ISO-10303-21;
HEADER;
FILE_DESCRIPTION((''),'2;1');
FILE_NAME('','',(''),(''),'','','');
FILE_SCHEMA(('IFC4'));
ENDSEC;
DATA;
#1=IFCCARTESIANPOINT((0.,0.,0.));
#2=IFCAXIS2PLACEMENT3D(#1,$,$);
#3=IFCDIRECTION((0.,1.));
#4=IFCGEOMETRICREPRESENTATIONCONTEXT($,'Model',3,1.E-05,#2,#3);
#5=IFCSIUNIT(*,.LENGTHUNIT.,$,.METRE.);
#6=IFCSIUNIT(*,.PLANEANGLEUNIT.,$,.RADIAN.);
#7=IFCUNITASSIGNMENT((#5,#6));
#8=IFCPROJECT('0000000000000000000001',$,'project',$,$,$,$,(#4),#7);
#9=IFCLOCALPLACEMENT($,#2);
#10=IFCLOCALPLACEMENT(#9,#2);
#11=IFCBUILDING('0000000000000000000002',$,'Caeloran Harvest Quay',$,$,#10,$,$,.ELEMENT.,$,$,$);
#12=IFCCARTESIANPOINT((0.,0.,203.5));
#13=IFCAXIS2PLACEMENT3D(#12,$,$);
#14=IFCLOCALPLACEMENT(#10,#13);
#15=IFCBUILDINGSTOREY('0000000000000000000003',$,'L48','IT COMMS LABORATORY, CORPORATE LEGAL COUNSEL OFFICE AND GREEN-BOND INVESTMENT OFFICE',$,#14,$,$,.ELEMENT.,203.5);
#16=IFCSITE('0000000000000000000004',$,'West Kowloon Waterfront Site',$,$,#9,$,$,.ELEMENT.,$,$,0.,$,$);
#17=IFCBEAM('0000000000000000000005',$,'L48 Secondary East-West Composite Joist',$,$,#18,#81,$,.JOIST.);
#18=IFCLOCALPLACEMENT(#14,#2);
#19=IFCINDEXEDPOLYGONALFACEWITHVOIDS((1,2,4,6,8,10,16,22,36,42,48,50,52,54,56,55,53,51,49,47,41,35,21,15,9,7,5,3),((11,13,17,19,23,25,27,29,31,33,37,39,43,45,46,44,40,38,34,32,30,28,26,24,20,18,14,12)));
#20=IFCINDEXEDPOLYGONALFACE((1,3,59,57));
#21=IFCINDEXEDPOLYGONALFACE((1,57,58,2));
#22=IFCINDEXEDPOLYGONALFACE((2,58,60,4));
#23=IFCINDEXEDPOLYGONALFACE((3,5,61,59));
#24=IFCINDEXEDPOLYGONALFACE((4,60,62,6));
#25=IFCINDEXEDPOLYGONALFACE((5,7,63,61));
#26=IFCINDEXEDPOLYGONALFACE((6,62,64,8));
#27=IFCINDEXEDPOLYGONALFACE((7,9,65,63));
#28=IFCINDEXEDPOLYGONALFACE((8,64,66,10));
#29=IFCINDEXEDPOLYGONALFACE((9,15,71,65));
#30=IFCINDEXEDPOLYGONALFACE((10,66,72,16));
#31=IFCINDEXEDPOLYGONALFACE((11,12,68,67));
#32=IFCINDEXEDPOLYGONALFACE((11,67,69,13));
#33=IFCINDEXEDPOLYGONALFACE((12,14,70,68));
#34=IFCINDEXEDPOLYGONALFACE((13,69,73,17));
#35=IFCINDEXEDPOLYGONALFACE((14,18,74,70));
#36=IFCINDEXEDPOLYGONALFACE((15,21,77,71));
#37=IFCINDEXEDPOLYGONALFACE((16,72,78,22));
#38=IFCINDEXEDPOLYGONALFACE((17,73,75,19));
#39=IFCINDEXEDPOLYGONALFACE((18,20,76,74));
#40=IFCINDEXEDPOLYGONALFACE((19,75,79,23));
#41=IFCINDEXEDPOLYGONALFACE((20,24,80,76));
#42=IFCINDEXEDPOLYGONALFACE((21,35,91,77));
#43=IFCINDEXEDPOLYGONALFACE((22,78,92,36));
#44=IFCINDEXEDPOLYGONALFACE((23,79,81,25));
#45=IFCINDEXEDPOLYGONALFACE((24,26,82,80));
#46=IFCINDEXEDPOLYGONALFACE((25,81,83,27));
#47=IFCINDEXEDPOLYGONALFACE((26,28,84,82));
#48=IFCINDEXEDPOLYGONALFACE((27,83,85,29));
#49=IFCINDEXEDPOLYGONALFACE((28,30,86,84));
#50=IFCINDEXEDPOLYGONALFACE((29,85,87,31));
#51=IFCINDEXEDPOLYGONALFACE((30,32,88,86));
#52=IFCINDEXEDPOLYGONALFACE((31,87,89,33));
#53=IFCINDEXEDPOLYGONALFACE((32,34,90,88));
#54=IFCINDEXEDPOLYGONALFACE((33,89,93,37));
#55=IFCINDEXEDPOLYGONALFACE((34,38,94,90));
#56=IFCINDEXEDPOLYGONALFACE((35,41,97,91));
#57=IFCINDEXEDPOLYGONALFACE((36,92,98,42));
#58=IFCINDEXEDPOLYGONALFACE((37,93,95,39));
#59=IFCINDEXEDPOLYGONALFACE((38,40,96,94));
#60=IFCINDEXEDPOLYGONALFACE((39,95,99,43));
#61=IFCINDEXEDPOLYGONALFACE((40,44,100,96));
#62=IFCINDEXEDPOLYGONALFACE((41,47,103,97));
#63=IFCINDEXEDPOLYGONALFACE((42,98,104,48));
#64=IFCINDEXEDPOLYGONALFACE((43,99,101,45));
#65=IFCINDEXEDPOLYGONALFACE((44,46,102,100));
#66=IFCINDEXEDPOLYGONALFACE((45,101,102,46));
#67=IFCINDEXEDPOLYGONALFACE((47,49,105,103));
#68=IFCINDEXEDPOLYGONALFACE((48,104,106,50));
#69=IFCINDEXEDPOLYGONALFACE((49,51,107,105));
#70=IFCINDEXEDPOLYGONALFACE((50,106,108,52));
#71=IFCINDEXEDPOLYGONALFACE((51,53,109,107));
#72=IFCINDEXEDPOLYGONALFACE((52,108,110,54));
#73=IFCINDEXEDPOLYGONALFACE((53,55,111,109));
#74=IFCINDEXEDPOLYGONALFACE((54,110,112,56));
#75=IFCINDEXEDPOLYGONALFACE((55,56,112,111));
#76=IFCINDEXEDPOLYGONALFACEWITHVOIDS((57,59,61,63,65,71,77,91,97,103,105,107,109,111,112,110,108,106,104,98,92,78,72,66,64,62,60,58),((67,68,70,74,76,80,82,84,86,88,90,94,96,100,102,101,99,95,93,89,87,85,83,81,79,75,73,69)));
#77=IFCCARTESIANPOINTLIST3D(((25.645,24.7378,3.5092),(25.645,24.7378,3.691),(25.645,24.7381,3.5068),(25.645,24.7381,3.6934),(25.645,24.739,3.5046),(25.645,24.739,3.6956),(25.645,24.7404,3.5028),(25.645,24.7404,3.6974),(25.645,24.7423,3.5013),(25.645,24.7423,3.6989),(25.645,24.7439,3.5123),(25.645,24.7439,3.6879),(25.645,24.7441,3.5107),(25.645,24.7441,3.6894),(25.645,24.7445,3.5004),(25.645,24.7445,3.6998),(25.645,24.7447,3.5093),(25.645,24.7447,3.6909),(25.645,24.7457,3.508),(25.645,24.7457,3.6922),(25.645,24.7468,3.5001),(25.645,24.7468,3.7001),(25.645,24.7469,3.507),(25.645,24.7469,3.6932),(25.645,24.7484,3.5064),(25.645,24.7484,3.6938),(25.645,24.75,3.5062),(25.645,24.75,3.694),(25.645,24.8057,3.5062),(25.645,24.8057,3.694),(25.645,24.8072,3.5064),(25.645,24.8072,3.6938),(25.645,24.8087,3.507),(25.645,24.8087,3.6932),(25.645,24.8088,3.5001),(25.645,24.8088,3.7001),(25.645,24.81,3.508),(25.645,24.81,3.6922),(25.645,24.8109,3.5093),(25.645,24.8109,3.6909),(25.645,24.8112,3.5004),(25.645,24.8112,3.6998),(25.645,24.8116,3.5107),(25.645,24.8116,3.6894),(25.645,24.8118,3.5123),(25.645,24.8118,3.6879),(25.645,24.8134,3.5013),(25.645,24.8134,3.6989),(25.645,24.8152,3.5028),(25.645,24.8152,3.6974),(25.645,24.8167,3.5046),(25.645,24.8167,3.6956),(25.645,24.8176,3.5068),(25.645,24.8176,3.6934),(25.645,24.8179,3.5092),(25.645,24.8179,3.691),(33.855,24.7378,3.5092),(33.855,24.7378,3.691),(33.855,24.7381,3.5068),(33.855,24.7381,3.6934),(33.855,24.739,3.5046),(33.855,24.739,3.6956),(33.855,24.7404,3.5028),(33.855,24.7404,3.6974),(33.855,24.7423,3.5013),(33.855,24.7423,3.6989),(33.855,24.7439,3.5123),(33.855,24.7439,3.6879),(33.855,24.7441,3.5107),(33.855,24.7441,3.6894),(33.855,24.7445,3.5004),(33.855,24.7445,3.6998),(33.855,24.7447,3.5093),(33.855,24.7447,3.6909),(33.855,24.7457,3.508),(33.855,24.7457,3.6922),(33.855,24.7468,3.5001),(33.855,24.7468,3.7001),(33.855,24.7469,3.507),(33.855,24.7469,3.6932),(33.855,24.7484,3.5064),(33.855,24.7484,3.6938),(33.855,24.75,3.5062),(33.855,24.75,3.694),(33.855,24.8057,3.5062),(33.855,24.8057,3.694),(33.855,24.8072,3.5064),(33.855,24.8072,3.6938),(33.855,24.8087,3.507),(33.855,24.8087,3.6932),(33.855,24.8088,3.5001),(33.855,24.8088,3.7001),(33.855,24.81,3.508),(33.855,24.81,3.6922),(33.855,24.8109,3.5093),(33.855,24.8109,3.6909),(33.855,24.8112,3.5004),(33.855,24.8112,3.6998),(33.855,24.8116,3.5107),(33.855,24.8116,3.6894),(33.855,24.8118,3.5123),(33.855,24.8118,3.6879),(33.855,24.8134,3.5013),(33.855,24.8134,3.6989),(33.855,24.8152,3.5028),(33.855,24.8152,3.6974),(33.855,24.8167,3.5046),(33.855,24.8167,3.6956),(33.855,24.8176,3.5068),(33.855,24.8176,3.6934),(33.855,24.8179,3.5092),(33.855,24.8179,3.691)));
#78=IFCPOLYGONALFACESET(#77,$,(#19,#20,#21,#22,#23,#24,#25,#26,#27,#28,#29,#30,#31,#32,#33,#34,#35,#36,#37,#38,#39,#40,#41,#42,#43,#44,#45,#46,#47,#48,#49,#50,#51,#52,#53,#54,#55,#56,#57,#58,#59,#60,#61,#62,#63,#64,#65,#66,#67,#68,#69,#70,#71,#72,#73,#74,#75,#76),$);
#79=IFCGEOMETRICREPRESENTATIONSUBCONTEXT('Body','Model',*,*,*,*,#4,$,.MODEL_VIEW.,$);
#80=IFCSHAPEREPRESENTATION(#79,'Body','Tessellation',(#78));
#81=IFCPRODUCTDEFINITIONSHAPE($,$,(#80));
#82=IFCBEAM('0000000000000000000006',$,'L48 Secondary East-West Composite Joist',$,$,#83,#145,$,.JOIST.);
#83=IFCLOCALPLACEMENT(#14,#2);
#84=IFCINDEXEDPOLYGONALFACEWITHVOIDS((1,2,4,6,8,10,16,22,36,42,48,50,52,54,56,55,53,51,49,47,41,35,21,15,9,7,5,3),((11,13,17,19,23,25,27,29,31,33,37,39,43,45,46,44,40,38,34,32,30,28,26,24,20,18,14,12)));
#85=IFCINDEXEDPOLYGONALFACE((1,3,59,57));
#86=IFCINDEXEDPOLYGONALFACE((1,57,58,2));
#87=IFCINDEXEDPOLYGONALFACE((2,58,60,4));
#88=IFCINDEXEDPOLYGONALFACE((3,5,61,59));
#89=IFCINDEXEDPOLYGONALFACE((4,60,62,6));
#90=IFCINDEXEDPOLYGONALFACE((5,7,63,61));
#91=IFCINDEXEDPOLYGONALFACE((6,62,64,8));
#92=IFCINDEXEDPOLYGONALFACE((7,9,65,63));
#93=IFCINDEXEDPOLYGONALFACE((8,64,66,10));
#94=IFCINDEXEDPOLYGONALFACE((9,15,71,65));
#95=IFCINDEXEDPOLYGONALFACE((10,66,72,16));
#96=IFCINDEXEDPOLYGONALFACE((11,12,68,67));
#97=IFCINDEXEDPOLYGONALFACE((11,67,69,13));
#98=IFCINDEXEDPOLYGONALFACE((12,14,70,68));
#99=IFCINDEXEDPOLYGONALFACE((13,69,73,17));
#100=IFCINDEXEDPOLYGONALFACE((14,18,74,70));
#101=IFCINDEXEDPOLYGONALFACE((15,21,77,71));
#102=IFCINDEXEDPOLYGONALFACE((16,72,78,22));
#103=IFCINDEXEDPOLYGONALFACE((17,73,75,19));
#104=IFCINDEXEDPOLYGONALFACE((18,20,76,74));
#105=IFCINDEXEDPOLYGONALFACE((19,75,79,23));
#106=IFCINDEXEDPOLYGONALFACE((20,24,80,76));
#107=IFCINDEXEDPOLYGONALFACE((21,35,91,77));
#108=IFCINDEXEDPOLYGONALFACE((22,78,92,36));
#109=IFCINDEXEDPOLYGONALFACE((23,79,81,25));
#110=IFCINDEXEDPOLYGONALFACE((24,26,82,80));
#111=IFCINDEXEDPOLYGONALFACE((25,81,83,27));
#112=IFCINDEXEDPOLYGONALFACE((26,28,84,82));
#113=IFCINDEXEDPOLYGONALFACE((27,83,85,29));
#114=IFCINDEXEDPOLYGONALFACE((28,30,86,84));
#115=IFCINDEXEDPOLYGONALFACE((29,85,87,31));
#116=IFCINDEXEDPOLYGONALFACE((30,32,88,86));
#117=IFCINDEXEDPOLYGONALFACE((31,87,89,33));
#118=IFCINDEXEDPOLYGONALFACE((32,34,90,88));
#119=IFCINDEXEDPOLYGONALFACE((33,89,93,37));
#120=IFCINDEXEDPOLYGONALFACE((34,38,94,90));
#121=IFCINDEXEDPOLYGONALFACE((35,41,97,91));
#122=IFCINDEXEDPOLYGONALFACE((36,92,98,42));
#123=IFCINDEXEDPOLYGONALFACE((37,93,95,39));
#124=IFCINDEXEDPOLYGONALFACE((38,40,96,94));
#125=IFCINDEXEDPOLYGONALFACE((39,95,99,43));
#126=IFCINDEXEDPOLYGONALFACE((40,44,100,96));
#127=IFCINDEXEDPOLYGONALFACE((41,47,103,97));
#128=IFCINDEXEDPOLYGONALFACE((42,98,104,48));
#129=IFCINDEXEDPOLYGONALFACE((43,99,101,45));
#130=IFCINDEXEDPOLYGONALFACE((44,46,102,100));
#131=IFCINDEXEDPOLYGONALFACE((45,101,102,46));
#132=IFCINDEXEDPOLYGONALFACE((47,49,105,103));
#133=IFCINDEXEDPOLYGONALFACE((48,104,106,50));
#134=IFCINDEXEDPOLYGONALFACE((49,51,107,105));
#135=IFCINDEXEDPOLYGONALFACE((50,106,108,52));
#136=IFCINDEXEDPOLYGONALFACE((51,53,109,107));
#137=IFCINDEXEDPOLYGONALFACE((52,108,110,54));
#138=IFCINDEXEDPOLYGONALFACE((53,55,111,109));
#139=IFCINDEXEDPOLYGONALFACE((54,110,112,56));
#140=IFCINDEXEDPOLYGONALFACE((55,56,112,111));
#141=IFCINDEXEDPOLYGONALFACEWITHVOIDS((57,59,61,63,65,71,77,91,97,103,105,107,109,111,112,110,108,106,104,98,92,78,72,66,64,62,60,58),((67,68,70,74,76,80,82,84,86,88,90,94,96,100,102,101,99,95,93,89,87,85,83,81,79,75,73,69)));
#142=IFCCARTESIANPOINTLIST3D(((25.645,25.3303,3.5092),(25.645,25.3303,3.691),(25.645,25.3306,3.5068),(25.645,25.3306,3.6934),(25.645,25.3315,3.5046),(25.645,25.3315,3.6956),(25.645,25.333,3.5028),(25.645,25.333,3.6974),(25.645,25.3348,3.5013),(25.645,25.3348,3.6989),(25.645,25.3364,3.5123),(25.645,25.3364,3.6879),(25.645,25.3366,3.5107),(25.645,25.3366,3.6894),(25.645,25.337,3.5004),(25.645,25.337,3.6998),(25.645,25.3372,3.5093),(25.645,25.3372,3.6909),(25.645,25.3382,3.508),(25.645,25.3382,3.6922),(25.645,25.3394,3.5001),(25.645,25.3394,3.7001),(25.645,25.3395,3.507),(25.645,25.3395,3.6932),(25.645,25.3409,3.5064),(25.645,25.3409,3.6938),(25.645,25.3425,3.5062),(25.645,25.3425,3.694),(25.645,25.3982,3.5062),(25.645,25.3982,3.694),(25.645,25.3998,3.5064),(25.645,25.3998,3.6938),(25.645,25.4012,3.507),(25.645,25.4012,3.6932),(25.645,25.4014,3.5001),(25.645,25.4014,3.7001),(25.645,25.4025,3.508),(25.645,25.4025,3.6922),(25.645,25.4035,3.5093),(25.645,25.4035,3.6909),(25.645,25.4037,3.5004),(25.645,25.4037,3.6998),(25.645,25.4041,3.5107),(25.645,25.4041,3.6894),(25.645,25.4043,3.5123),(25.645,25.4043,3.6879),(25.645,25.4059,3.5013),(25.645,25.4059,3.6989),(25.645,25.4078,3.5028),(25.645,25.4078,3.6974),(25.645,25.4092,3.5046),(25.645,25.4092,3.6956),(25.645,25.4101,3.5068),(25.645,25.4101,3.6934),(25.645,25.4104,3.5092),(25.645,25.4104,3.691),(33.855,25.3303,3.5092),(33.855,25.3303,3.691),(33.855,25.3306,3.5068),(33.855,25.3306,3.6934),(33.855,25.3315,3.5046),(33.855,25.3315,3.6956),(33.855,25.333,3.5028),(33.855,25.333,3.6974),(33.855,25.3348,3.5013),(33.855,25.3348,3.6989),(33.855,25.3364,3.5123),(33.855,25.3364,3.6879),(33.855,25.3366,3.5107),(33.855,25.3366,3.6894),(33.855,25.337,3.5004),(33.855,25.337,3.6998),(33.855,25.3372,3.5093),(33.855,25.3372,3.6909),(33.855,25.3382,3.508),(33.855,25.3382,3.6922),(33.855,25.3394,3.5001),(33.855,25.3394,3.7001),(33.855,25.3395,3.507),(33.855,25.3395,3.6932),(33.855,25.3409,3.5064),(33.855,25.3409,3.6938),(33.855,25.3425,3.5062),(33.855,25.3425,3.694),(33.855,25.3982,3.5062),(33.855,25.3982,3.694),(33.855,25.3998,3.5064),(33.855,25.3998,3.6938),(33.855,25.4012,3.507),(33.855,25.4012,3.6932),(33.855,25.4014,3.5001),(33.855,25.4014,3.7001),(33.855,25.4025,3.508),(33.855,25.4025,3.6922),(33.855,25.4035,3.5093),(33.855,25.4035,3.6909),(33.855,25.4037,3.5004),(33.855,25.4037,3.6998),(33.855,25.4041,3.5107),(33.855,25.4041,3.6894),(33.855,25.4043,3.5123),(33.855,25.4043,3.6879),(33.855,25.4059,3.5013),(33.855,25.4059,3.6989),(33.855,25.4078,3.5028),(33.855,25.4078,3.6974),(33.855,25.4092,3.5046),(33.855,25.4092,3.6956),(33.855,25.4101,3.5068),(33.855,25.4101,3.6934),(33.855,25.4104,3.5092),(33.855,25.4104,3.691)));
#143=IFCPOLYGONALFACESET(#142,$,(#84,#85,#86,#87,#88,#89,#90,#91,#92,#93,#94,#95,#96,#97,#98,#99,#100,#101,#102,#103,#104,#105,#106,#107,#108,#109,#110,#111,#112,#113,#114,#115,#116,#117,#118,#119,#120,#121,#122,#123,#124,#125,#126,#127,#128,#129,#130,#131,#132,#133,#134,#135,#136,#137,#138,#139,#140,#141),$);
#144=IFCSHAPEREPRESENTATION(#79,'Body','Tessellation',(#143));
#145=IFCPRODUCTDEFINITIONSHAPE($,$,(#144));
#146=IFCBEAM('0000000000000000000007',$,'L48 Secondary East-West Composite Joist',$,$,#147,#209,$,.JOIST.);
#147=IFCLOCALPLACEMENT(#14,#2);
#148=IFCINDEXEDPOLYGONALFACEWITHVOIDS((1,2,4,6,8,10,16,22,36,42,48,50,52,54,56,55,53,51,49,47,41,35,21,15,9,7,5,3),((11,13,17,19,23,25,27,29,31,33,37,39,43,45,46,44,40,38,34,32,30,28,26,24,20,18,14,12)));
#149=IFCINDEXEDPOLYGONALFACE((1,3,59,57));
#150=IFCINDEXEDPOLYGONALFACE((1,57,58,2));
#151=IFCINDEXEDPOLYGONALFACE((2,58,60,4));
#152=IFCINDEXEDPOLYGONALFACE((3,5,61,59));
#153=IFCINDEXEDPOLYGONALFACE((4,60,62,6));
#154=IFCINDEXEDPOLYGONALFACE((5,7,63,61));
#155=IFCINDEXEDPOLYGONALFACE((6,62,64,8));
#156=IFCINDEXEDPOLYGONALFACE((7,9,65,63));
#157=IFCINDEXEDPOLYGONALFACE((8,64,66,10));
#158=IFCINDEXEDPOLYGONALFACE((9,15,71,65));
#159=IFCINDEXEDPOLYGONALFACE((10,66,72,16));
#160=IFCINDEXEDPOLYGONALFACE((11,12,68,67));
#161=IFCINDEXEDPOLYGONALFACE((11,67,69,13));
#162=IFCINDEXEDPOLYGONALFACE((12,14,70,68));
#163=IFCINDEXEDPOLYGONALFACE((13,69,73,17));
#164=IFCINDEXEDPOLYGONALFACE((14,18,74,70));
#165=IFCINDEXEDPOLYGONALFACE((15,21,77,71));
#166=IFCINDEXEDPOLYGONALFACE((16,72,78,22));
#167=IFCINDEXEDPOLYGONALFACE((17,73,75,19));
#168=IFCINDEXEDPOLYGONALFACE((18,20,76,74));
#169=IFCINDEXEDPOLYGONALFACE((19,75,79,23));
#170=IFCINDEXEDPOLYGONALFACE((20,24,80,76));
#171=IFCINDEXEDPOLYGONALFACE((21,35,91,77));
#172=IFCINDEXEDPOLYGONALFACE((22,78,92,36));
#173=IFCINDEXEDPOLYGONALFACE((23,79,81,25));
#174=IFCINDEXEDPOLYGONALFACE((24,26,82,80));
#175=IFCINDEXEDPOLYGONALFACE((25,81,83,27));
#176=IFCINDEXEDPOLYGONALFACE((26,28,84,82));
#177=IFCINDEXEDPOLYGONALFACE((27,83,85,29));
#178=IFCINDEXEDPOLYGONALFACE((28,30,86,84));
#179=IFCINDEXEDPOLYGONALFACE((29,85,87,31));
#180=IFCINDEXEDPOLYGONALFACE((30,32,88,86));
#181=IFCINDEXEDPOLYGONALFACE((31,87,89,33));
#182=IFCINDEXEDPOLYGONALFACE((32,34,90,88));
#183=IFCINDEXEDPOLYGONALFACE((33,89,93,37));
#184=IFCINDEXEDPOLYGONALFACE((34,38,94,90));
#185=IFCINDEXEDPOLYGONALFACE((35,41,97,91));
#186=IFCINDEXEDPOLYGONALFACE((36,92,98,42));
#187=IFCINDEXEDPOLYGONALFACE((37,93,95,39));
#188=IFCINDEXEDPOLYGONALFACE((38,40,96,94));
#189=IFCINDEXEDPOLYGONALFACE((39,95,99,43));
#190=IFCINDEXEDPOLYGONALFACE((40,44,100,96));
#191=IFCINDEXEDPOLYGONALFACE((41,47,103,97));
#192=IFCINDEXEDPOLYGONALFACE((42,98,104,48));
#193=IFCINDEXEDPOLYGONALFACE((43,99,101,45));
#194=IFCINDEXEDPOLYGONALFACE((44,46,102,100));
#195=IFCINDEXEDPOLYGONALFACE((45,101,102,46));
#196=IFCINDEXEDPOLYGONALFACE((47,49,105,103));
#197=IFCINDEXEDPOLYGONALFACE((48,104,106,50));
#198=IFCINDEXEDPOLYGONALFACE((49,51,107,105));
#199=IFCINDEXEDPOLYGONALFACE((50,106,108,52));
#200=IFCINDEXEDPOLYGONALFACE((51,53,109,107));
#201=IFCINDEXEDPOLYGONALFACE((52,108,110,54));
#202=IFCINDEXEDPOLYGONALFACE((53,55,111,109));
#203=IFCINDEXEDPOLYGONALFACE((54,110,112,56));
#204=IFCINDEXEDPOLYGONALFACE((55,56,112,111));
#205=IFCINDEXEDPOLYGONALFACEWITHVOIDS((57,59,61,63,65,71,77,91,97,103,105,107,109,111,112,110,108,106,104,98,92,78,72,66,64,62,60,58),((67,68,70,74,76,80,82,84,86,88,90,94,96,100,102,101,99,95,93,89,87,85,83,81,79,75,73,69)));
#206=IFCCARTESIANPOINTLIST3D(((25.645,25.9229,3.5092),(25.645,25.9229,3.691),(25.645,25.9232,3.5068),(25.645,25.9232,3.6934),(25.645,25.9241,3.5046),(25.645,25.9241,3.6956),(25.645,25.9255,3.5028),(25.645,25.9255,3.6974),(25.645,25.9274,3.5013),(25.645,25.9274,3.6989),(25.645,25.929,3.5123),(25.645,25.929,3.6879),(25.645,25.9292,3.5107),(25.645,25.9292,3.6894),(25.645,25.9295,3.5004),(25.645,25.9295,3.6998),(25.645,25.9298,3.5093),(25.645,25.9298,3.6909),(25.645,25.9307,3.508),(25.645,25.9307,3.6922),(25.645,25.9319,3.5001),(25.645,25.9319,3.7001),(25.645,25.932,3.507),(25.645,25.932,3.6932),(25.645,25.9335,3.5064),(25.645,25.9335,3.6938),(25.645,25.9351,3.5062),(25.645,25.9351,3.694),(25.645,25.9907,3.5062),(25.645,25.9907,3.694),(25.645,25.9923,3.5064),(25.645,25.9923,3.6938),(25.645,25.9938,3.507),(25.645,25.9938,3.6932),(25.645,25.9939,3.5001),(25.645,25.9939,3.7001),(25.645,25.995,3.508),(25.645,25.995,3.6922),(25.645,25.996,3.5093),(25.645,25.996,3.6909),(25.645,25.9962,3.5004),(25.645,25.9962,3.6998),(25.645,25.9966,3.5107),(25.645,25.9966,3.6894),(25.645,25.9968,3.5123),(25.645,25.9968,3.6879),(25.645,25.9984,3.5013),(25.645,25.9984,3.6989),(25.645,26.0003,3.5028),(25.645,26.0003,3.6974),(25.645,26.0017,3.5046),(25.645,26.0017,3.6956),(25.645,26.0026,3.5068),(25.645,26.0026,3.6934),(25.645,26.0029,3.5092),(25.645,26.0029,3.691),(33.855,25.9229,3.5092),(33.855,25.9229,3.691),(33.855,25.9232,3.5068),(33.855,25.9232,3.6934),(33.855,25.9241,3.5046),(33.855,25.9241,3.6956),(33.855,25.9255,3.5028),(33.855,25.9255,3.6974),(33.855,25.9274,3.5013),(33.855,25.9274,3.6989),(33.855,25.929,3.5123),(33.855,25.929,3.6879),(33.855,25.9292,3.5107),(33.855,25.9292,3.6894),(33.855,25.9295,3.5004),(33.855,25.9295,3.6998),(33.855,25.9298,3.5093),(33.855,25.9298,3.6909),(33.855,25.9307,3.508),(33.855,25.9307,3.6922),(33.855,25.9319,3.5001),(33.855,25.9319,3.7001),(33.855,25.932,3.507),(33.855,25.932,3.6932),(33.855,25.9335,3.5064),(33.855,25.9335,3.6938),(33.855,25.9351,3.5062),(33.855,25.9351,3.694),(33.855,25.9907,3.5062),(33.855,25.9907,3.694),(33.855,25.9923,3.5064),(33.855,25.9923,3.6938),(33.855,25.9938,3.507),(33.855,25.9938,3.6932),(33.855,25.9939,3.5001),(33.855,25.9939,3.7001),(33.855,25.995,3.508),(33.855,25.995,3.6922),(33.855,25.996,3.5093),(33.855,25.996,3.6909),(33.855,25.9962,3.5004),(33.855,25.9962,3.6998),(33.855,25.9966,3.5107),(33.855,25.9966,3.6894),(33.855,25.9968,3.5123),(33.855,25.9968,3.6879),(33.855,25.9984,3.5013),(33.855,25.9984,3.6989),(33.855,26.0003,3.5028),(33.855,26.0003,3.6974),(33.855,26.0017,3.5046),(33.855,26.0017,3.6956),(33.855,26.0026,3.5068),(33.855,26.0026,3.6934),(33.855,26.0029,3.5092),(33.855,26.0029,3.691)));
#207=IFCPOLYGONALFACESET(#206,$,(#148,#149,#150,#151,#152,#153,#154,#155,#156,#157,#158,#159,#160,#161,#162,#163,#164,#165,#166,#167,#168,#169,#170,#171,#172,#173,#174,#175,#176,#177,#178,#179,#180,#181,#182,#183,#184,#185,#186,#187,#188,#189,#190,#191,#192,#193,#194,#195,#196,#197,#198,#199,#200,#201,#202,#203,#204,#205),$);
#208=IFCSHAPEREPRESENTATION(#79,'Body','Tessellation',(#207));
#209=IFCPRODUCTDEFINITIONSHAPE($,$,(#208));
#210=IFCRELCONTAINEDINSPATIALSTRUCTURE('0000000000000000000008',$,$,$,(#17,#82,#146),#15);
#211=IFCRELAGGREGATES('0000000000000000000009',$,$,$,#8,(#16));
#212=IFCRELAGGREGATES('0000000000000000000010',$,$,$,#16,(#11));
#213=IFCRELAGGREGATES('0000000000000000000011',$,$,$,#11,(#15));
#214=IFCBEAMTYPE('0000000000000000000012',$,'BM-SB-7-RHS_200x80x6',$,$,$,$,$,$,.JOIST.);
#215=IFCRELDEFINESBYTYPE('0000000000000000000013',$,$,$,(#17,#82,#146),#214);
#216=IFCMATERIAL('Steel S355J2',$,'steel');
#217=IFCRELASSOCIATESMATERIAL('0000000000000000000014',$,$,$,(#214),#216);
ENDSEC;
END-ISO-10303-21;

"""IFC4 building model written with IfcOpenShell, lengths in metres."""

from ifc_helpers import new_model, si_unit, direction, frame, origin, origin_2d, place, context, subcontext, project, spatial, hollow_rectangle, extrude, material, material_profile, profile_set, type_object, element, save


model = new_model("IFC4")

# Units and contexts
model_context = context("Model", 3, precision=1e-05, world=origin(), true_north=direction((0.0, 1.0)))
body_context = subcontext(model_context, "Body", "Model", "MODEL_VIEW")
ifc_project = project(units=[si_unit("LENGTHUNIT", "METRE"), si_unit("PLANEANGLEUNIT", "RADIAN")], contexts=[model_context])

# Site, building, storey
site_placement = place(None, origin())
site = spatial("IfcSite", under=ifc_project, at=site_placement, Name="West Kowloon Waterfront Site", CompositionType="ELEMENT", RefElevation=0.0)
building_placement = place(site_placement, origin())
building = spatial("IfcBuilding", under=site, at=building_placement, Name="Caeloran Harvest Quay", CompositionType="ELEMENT")
storey_placement = place(building_placement, frame((0.0, 0.0, 203.5)))
storey = spatial("IfcBuildingStorey", under=building, at=storey_placement, Name="L48", Description="IT COMMS LABORATORY, CORPORATE LEGAL COUNSEL OFFICE AND GREEN-BOND INVESTMENT OFFICE", CompositionType="ELEMENT", Elevation=203.5)

# Beams
ifc_material_1 = material(Name="Steel S355J2", Category="steel")
ifc_material_profile_1 = material_profile(ifc_material_1, hollow_rectangle(XDim=0.0801, YDim=0.2, WallThickness=0.0061, InnerFilletRadius=0.0061, OuterFilletRadius=0.009, at=origin_2d()), Name="RHS 200x80x6")
ifc_profile_set_1 = profile_set([ifc_material_profile_1], Name="Steel S355J2")
beam_type_1 = type_object("IfcBeamType", Name="BM-SB-7-RHS_200x80x6", PredefinedType="JOIST", material=ifc_profile_set_1)
for number, where, z_axis, x_axis, name in (
    (1, (25.645, 24.7778, 3.6001), (1.0, 0.0, 0.0), (0.0, 1.0, 0.0), "L48 Secondary East-West Composite Joist"),
    (2, (25.645, 25.3704, 3.6001), (1.0, 0.0, 0.0), (0.0, 1.0, 0.0), "L48 Secondary East-West Composite Joist"),
    (3, (25.645, 25.9629, 3.6001), (1.0, 0.0, 0.0), (0.0, 1.0, 0.0), "L48 Secondary East-West Composite Joist"),
):
    element("IfcBeam", number, at=place(storey_placement, frame(where, z_axis=z_axis, x_axis=x_axis)), inside=storey, type_object=beam_type_1, Name=name, PredefinedType="JOIST", context=body_context, shape_type="SweptSolid", body=[
        extrude(hollow_rectangle(XDim=0.0801, YDim=0.2, WallThickness=0.0061, InnerFilletRadius=0.0061, OuterFilletRadius=0.009, at=origin_2d()), origin(), (0.0, 0.0, 1.0), 8.21),
    ])

save(model, "model.ifc")
